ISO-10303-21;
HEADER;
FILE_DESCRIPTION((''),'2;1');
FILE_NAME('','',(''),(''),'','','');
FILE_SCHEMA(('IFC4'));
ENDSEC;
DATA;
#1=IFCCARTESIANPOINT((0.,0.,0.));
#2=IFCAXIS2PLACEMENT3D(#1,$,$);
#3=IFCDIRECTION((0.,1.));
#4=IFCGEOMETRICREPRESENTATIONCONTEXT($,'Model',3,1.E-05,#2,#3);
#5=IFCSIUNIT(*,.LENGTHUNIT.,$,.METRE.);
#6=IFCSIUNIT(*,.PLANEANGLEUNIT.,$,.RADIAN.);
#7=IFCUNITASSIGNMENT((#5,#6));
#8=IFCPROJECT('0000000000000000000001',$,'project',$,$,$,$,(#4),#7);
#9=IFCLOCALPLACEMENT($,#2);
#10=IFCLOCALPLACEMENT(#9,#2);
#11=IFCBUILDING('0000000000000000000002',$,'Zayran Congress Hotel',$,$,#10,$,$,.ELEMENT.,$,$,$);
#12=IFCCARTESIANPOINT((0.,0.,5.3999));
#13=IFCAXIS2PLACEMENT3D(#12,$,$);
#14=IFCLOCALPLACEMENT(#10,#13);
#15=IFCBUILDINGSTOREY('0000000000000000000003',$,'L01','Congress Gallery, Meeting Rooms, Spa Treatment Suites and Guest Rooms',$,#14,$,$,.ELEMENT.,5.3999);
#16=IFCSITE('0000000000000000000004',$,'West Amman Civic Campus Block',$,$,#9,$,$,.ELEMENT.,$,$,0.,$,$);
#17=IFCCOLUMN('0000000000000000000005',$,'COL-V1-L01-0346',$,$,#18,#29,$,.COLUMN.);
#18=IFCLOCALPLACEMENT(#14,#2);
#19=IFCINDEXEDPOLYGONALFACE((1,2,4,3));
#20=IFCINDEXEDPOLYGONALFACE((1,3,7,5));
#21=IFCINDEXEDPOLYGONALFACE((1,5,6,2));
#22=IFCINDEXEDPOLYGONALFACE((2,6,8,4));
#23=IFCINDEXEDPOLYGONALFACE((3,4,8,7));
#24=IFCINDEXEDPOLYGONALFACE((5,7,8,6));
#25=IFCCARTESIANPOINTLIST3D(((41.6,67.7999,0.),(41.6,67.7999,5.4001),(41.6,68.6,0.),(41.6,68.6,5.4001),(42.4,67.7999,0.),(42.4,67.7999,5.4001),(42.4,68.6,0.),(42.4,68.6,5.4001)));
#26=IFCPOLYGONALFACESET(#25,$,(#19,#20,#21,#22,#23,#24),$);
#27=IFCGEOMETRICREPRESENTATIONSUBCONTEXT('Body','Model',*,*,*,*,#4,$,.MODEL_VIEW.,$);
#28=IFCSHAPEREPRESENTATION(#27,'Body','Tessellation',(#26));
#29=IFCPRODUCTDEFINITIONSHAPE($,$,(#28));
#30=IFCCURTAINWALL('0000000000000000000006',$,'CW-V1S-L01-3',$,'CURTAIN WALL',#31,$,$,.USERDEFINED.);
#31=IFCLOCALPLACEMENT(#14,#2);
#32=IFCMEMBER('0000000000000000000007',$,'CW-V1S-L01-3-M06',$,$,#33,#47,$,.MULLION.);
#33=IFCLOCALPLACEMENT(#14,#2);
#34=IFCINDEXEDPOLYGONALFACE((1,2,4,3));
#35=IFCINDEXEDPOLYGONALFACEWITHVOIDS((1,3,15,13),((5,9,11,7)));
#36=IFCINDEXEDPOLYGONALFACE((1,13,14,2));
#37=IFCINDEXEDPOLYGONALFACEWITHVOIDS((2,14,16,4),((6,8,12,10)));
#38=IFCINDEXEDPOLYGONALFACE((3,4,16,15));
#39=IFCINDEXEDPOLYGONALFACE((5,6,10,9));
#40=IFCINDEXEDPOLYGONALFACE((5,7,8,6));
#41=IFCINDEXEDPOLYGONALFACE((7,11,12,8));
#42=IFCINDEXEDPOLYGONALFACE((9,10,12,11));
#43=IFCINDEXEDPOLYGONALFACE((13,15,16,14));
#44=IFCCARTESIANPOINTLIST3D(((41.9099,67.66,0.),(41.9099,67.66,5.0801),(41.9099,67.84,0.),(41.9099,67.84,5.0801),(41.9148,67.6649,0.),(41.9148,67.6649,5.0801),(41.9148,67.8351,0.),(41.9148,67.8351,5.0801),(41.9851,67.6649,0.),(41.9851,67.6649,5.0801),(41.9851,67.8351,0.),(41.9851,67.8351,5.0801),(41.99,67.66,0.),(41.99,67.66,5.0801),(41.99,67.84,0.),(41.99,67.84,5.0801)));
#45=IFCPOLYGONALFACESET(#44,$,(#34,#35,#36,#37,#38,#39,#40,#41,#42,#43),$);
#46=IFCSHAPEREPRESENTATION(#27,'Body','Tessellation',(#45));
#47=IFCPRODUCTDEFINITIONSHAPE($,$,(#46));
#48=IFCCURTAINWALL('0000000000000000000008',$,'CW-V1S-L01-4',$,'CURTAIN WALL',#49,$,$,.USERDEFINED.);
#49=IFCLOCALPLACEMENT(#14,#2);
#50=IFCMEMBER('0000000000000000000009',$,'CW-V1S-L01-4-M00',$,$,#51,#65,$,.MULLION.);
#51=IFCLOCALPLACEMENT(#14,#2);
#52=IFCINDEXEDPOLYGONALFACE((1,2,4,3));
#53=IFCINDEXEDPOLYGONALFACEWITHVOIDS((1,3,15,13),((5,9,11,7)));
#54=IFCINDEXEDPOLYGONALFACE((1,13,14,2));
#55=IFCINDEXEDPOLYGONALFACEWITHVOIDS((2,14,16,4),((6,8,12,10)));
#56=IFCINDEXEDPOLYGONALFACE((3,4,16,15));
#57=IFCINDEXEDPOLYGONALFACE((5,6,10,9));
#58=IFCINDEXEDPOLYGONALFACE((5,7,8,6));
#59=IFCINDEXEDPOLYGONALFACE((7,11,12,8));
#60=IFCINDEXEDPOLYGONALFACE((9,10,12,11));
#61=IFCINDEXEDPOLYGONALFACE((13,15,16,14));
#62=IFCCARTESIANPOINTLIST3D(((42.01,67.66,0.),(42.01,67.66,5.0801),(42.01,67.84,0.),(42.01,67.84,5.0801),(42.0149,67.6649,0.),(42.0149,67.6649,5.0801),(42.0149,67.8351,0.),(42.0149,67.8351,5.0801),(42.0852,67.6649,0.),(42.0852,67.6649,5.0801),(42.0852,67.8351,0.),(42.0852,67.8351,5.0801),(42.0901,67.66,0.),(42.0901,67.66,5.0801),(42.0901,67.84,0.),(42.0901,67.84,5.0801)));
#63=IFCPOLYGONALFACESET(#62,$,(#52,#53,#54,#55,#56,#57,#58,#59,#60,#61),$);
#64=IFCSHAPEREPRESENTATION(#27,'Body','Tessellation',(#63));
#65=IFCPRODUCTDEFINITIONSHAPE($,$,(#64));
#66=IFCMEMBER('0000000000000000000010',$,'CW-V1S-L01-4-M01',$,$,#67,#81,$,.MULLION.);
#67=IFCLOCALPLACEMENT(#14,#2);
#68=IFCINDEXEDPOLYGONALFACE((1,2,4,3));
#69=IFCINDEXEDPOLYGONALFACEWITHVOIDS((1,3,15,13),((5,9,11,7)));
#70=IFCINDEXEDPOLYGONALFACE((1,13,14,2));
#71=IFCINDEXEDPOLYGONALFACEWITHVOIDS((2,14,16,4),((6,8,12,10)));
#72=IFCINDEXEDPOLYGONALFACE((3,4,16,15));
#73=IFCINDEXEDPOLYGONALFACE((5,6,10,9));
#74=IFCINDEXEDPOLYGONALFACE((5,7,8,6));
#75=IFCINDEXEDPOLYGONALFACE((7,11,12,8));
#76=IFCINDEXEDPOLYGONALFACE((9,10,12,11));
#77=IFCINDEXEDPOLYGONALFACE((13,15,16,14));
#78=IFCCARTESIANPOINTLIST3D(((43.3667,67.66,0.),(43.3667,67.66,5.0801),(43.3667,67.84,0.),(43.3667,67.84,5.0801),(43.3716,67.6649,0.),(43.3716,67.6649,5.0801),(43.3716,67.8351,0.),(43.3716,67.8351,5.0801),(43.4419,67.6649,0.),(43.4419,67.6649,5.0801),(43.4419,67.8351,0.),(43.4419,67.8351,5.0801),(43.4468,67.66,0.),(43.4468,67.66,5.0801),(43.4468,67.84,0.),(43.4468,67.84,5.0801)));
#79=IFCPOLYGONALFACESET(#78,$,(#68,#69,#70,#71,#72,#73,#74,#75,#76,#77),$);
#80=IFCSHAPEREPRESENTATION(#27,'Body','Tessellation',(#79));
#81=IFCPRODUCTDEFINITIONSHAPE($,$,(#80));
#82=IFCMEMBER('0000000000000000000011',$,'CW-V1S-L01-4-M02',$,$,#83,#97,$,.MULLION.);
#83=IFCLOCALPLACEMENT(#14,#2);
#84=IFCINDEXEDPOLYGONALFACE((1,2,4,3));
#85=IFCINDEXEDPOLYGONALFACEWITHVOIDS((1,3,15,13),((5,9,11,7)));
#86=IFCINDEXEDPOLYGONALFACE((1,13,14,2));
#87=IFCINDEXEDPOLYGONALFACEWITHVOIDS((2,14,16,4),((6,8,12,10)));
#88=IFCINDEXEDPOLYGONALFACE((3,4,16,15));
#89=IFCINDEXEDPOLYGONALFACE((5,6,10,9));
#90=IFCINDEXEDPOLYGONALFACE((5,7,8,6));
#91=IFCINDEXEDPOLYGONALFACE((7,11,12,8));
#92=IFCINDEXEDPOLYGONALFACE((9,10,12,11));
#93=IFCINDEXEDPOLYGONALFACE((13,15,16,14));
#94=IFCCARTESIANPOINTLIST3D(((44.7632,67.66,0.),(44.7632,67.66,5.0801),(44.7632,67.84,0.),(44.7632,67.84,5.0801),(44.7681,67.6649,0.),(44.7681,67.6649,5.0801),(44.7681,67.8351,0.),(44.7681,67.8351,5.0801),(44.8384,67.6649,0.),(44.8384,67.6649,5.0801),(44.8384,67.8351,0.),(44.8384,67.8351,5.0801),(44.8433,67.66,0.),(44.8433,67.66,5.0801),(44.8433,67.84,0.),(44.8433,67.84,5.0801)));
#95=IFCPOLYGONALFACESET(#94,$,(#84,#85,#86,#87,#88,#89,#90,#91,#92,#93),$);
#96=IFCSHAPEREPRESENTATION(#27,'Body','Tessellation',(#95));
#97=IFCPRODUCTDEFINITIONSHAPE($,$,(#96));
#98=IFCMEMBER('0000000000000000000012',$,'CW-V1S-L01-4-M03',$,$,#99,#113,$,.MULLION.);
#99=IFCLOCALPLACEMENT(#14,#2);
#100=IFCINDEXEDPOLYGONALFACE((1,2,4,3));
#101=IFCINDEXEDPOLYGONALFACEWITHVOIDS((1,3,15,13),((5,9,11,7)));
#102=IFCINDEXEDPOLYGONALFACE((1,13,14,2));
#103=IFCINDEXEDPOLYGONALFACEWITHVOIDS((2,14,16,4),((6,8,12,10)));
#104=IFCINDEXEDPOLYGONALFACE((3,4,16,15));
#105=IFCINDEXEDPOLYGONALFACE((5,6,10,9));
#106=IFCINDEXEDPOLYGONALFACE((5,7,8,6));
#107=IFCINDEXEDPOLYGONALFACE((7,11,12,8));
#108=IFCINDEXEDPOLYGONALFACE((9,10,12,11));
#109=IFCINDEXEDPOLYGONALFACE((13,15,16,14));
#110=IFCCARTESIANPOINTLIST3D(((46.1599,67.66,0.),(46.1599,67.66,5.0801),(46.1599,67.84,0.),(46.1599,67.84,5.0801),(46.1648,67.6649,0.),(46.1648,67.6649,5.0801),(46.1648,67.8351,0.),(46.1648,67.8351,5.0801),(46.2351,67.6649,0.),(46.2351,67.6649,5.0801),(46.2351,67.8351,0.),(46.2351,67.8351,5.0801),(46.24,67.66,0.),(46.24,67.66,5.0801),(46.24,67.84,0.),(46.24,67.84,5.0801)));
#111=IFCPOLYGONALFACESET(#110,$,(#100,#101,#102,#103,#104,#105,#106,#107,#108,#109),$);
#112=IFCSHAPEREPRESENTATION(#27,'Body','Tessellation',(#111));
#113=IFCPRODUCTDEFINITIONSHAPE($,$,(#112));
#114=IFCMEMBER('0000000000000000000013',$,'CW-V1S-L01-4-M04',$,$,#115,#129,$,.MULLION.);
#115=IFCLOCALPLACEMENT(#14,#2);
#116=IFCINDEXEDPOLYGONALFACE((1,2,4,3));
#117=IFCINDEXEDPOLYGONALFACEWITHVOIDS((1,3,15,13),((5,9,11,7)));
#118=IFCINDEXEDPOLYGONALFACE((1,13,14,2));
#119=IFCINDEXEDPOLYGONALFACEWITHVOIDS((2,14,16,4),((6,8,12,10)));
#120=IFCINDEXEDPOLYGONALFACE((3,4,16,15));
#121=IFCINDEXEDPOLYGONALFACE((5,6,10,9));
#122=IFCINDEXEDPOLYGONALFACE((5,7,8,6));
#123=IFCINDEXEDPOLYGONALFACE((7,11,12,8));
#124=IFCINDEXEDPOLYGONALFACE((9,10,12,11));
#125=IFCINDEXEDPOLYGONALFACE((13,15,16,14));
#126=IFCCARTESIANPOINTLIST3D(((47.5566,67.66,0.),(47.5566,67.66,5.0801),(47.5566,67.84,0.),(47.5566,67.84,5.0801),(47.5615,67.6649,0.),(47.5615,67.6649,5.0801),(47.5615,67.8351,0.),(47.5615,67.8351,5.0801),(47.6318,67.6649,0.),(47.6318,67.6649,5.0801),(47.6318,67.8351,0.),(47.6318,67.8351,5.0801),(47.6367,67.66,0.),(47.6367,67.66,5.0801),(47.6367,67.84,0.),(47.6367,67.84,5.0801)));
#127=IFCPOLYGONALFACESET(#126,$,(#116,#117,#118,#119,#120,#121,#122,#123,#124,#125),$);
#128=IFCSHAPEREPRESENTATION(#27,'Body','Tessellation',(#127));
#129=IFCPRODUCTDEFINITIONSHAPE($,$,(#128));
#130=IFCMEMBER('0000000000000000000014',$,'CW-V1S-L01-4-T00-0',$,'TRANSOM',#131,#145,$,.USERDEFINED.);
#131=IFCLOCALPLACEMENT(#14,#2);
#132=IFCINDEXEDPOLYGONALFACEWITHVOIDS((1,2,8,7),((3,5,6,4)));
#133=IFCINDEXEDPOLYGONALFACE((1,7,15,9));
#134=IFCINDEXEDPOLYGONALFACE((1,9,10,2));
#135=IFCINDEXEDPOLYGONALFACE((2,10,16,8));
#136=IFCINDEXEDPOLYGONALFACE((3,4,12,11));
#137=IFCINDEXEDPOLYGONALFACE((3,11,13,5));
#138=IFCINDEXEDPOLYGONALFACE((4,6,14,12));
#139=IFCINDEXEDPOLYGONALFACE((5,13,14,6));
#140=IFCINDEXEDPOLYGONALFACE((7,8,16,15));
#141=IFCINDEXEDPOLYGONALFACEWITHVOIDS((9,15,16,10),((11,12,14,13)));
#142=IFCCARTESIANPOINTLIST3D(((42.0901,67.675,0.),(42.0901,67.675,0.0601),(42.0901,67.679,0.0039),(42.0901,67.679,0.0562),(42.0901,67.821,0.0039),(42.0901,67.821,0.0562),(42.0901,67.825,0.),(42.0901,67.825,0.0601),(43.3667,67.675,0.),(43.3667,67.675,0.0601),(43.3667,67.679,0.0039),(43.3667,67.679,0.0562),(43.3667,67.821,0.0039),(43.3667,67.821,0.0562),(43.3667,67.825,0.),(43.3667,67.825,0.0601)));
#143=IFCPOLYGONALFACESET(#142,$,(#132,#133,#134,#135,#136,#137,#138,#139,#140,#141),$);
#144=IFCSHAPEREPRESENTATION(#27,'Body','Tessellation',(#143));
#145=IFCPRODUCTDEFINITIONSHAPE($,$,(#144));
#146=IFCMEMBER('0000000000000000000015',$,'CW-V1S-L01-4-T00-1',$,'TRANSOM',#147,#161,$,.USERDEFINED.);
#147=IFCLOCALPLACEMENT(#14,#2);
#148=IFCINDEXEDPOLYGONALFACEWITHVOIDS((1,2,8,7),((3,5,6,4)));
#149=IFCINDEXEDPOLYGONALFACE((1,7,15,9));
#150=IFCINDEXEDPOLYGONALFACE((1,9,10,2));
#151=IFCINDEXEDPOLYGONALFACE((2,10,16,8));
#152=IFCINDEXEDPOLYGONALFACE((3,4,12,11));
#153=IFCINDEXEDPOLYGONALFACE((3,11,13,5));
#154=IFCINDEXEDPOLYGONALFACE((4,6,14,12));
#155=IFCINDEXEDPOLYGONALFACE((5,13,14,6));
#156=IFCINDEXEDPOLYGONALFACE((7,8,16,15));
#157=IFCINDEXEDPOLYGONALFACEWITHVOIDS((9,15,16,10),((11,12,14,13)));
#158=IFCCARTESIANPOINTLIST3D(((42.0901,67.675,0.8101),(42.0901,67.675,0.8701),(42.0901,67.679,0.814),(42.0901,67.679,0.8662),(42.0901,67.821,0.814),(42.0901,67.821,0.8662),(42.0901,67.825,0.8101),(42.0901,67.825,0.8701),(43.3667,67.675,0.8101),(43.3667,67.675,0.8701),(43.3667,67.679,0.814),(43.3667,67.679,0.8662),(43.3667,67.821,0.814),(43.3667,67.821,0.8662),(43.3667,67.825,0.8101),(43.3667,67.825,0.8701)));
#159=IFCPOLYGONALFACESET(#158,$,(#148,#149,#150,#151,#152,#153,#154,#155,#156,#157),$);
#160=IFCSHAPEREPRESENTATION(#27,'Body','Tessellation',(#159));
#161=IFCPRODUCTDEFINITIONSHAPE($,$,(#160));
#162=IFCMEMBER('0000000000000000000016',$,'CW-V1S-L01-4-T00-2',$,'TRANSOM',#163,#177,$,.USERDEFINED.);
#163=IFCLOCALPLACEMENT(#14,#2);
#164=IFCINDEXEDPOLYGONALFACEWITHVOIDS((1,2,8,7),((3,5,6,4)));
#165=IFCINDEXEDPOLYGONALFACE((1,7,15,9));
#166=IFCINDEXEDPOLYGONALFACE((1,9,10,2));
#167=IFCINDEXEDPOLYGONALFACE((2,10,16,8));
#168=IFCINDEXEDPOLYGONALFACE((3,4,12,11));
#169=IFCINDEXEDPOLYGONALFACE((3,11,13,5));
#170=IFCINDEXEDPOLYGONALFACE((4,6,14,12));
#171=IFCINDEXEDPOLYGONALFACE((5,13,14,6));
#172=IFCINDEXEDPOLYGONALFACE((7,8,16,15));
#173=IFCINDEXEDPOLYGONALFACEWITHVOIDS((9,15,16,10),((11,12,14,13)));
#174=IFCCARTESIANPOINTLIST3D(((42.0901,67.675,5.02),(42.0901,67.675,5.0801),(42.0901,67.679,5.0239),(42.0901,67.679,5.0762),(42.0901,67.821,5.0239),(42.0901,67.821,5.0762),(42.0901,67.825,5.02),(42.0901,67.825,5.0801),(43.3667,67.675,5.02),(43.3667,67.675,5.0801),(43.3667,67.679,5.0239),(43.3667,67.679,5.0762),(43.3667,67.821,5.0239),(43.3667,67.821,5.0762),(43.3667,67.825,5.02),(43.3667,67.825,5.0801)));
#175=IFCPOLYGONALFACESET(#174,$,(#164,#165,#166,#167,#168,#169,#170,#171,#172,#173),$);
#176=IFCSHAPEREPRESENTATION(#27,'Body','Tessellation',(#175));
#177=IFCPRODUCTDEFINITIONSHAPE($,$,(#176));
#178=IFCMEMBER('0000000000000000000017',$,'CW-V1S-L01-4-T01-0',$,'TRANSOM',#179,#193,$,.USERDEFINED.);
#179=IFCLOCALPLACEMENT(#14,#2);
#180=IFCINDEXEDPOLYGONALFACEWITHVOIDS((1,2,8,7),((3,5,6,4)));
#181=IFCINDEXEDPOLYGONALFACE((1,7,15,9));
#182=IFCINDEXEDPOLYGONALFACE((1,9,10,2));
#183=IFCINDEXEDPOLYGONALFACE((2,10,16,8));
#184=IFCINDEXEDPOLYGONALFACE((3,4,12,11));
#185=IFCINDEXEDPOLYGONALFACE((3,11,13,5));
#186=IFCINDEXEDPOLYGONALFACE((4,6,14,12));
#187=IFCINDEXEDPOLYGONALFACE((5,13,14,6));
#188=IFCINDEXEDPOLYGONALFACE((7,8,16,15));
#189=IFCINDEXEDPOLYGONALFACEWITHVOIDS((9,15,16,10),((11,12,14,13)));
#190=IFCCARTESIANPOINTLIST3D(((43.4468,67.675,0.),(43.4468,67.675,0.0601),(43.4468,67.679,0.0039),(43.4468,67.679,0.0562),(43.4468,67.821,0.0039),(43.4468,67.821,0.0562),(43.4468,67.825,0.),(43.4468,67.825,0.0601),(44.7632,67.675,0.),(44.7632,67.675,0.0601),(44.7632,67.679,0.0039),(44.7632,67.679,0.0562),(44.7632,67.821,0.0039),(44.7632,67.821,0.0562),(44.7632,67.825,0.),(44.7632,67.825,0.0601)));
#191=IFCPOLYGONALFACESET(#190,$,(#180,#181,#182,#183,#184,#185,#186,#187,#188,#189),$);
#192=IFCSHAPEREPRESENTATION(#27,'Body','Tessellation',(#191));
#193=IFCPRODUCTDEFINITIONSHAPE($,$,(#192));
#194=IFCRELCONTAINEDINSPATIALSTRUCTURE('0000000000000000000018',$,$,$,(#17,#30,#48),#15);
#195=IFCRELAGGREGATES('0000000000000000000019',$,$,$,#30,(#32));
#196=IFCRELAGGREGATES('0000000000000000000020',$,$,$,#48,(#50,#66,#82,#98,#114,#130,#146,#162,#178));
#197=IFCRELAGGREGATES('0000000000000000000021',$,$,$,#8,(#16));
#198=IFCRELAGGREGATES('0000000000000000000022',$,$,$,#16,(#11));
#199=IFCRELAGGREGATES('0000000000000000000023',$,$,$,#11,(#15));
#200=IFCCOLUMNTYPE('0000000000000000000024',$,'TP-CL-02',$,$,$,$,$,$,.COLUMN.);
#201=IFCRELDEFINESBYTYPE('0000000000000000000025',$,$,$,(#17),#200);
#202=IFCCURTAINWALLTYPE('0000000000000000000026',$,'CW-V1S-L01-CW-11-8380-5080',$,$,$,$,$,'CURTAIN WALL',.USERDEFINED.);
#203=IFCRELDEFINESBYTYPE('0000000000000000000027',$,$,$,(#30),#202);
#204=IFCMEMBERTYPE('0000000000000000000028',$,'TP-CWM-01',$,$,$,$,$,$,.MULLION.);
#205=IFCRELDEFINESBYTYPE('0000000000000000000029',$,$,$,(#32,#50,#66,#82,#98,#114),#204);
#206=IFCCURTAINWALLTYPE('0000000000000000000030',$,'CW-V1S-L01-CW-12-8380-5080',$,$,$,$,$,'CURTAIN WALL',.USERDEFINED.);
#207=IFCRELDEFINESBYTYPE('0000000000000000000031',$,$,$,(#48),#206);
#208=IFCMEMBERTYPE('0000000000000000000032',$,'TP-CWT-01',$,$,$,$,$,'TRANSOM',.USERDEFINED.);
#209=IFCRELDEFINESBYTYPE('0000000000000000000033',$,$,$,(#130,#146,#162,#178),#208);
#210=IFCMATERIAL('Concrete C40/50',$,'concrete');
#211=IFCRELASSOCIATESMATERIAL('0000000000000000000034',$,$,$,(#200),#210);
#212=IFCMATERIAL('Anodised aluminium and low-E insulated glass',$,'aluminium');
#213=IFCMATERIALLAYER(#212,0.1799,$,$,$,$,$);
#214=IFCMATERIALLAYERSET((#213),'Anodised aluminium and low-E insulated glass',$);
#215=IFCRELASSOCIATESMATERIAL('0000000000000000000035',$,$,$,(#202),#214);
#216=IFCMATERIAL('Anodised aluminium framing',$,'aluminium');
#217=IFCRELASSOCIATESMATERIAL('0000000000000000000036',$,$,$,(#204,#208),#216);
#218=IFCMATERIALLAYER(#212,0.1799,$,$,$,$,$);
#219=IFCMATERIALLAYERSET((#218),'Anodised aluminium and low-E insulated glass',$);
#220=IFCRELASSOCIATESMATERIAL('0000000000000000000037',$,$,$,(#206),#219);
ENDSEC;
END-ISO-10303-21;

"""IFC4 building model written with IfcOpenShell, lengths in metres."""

from ifc_helpers import new_model, si_unit, direction, frame, origin, origin_2d, place, context, subcontext, project, spatial, rectangle, hollow_rectangle, extrude, material, layer, layer_set, material_profile, profile_set, type_object, element, aggregate, save


model = new_model("IFC4")

# Units and contexts
model_context = context("Model", 3, precision=1e-05, world=origin(), true_north=direction((0.0, 1.0)))
body_context = subcontext(model_context, "Body", "Model", "MODEL_VIEW")
ifc_project = project(units=[si_unit("LENGTHUNIT", "METRE"), si_unit("PLANEANGLEUNIT", "RADIAN")], contexts=[model_context])

# Site, building, storey
site_placement = place(None, origin())
site = spatial("IfcSite", under=ifc_project, at=site_placement, Name="West Amman Civic Campus Block", CompositionType="ELEMENT", RefElevation=0.0)
building_placement = place(site_placement, origin())
building = spatial("IfcBuilding", under=site, at=building_placement, Name="Zayran Congress Hotel", CompositionType="ELEMENT")
storey_placement = place(building_placement, frame((0.0, 0.0, 5.3999)))
storey = spatial("IfcBuildingStorey", under=building, at=storey_placement, Name="L01", Description="Congress Gallery, Meeting Rooms, Spa Treatment Suites and Guest Rooms", CompositionType="ELEMENT", Elevation=5.3999)

# Column
ifc_material_1 = material(Name="Concrete C40/50", Category="concrete")
ifc_material_profile_1 = material_profile(ifc_material_1, rectangle(XDim=0.8, YDim=0.8, at=origin_2d()), Name="RC 800x800")
ifc_profile_set_1 = profile_set([ifc_material_profile_1], Name="Concrete C40/50")
column_type = type_object("IfcColumnType", Name="TP-CL-02", PredefinedType="COLUMN", material=ifc_profile_set_1)
column_placement = place(storey_placement, frame((42.0, 68.2, 0.0), z_axis=(0.0, 0.0, 1.0), x_axis=(1.0, 0.0, 0.0)))
element("IfcColumn", 1, at=column_placement, inside=storey, type_object=column_type, Name="COL-V1-L01-0346", PredefinedType="COLUMN", context=body_context, shape_type="SweptSolid", body=[
    extrude(rectangle(XDim=0.8, YDim=0.8, at=origin_2d()), origin(), (0.0, 0.0, 1.0), 5.4001),
])

# Curtain wall, member
ifc_material_2 = material(Name="Anodised aluminium and low-E insulated glass", Category="aluminium")
ifc_layer_1 = layer(ifc_material_2, 0.1799)
ifc_layer_set_1 = layer_set([ifc_layer_1], Name="Anodised aluminium and low-E insulated glass")
curtain_wall_type_1 = type_object("IfcCurtainWallType", Name="CW-V1S-L01-CW-11-8380-5080", ElementType="CURTAIN WALL", PredefinedType="USERDEFINED", material=ifc_layer_set_1)
curtain_wall_1_placement = place(storey_placement, origin())
curtain_wall_1 = element("IfcCurtainWall", 2, at=curtain_wall_1_placement, inside=storey, type_object=curtain_wall_type_1, Name="CW-V1S-L01-3", ObjectType="CURTAIN WALL", PredefinedType="USERDEFINED")
ifc_material_3 = material(Name="Anodised aluminium framing", Category="aluminium")
ifc_material_profile_2 = material_profile(ifc_material_3, hollow_rectangle(XDim=0.0801, YDim=0.1799, WallThickness=0.0049, at=origin_2d()), Name="RHS 180x80x5")
ifc_profile_set_2 = profile_set([ifc_material_profile_2], Name="Anodised aluminium framing")
member_type_1 = type_object("IfcMemberType", Name="TP-CWM-01", PredefinedType="MULLION", material=ifc_profile_set_2)
member_1_placement = place(storey_placement, frame((41.95, 67.75, 0.0), z_axis=(0.0, 0.0, 1.0), x_axis=(1.0, 0.0, 0.0)))
member_1 = element("IfcMember", 3, at=member_1_placement, type_object=member_type_1, Name="CW-V1S-L01-3-M06", PredefinedType="MULLION", context=body_context, shape_type="SweptSolid", body=[
    extrude(hollow_rectangle(XDim=0.0801, YDim=0.1799, WallThickness=0.0049, at=origin_2d()), origin(), (0.0, 0.0, 1.0), 5.0801),
])
aggregate(curtain_wall_1, [member_1])

# Curtain wall, members
ifc_layer_2 = layer(ifc_material_2, 0.1799)
ifc_layer_set_2 = layer_set([ifc_layer_2], Name="Anodised aluminium and low-E insulated glass")
curtain_wall_type_2 = type_object("IfcCurtainWallType", Name="CW-V1S-L01-CW-12-8380-5080", ElementType="CURTAIN WALL", PredefinedType="USERDEFINED", material=ifc_layer_set_2)
curtain_wall_2_placement = place(storey_placement, origin())
curtain_wall_2 = element("IfcCurtainWall", 4, at=curtain_wall_2_placement, inside=storey, type_object=curtain_wall_type_2, Name="CW-V1S-L01-4", ObjectType="CURTAIN WALL", PredefinedType="USERDEFINED")
member_2_placement = place(storey_placement, frame((42.05, 67.75, 0.0), z_axis=(0.0, 0.0, 1.0), x_axis=(1.0, 0.0, 0.0)))
member_2 = element("IfcMember", 5, at=member_2_placement, type_object=member_type_1, Name="CW-V1S-L01-4-M00", PredefinedType="MULLION", context=body_context, shape_type="SweptSolid", body=[
    extrude(hollow_rectangle(XDim=0.0801, YDim=0.1799, WallThickness=0.0049, at=origin_2d()), origin(), (0.0, 0.0, 1.0), 5.0801),
])
member_3_placement = place(storey_placement, frame((43.4067, 67.75, 0.0), z_axis=(0.0, 0.0, 1.0), x_axis=(1.0, 0.0, 0.0)))
member_3 = element("IfcMember", 6, at=member_3_placement, type_object=member_type_1, Name="CW-V1S-L01-4-M01", PredefinedType="MULLION", context=body_context, shape_type="SweptSolid", body=[
    extrude(hollow_rectangle(XDim=0.0801, YDim=0.1799, WallThickness=0.0049, at=origin_2d()), origin(), (0.0, 0.0, 1.0), 5.0801),
])
member_4_placement = place(storey_placement, frame((44.8032, 67.75, 0.0), z_axis=(0.0, 0.0, 1.0), x_axis=(1.0, 0.0, 0.0)))
member_4 = element("IfcMember", 7, at=member_4_placement, type_object=member_type_1, Name="CW-V1S-L01-4-M02", PredefinedType="MULLION", context=body_context, shape_type="SweptSolid", body=[
    extrude(hollow_rectangle(XDim=0.0801, YDim=0.1799, WallThickness=0.0049, at=origin_2d()), origin(), (0.0, 0.0, 1.0), 5.0801),
])
member_5_placement = place(storey_placement, frame((46.2, 67.75, 0.0), z_axis=(0.0, 0.0, 1.0), x_axis=(1.0, 0.0, 0.0)))
member_5 = element("IfcMember", 8, at=member_5_placement, type_object=member_type_1, Name="CW-V1S-L01-4-M03", PredefinedType="MULLION", context=body_context, shape_type="SweptSolid", body=[
    extrude(hollow_rectangle(XDim=0.0801, YDim=0.1799, WallThickness=0.0049, at=origin_2d()), origin(), (0.0, 0.0, 1.0), 5.0801),
])
member_6_placement = place(storey_placement, frame((47.5967, 67.75, 0.0), z_axis=(0.0, 0.0, 1.0), x_axis=(1.0, 0.0, 0.0)))
member_6 = element("IfcMember", 9, at=member_6_placement, type_object=member_type_1, Name="CW-V1S-L01-4-M04", PredefinedType="MULLION", context=body_context, shape_type="SweptSolid", body=[
    extrude(hollow_rectangle(XDim=0.0801, YDim=0.1799, WallThickness=0.0049, at=origin_2d()), origin(), (0.0, 0.0, 1.0), 5.0801),
])
ifc_material_profile_3 = material_profile(ifc_material_3, hollow_rectangle(XDim=0.0601, YDim=0.1499, WallThickness=0.0039, at=origin_2d()), Name="RHS 150x60x4")
ifc_profile_set_3 = profile_set([ifc_material_profile_3], Name="Anodised aluminium framing")
member_type_2 = type_object("IfcMemberType", Name="TP-CWT-01", ElementType="TRANSOM", PredefinedType="USERDEFINED", material=ifc_profile_set_3)
member_7_placement = place(storey_placement, frame((42.0901, 67.75, 0.03), z_axis=(1.0, 0.0, 0.0), x_axis=(0.0, 0.0, 1.0)))
member_7 = element("IfcMember", 10, at=member_7_placement, type_object=member_type_2, Name="CW-V1S-L01-4-T00-0", ObjectType="TRANSOM", PredefinedType="USERDEFINED", context=body_context, shape_type="SweptSolid", body=[
    extrude(hollow_rectangle(XDim=0.0601, YDim=0.1499, WallThickness=0.0039, at=origin_2d()), origin(), (0.0, 0.0, 1.0), 1.2766),
])
member_8_placement = place(storey_placement, frame((42.0901, 67.75, 0.8401), z_axis=(1.0, 0.0, 0.0), x_axis=(0.0, 0.0, 1.0)))
member_8 = element("IfcMember", 11, at=member_8_placement, type_object=member_type_2, Name="CW-V1S-L01-4-T00-1", ObjectType="TRANSOM", PredefinedType="USERDEFINED", context=body_context, shape_type="SweptSolid", body=[
    extrude(hollow_rectangle(XDim=0.0601, YDim=0.1499, WallThickness=0.0039, at=origin_2d()), origin(), (0.0, 0.0, 1.0), 1.2766),
])
member_9_placement = place(storey_placement, frame((42.0901, 67.75, 5.05), z_axis=(1.0, 0.0, 0.0), x_axis=(0.0, 0.0, 1.0)))
member_9 = element("IfcMember", 12, at=member_9_placement, type_object=member_type_2, Name="CW-V1S-L01-4-T00-2", ObjectType="TRANSOM", PredefinedType="USERDEFINED", context=body_context, shape_type="SweptSolid", body=[
    extrude(hollow_rectangle(XDim=0.0601, YDim=0.1499, WallThickness=0.0039, at=origin_2d()), origin(), (0.0, 0.0, 1.0), 1.2766),
])
member_10_placement = place(storey_placement, frame((43.4468, 67.75, 0.03), z_axis=(1.0, 0.0, 0.0), x_axis=(0.0, 0.0, 1.0)))
member_10 = element("IfcMember", 13, at=member_10_placement, type_object=member_type_2, Name="CW-V1S-L01-4-T01-0", ObjectType="TRANSOM", PredefinedType="USERDEFINED", context=body_context, shape_type="SweptSolid", body=[
    extrude(hollow_rectangle(XDim=0.0601, YDim=0.1499, WallThickness=0.0039, at=origin_2d()), origin(), (0.0, 0.0, 1.0), 1.3164),
])
aggregate(curtain_wall_2, [member_2, member_3, member_4, member_5, member_6, member_7, member_8, member_9, member_10])

save(model, "model.ifc")
